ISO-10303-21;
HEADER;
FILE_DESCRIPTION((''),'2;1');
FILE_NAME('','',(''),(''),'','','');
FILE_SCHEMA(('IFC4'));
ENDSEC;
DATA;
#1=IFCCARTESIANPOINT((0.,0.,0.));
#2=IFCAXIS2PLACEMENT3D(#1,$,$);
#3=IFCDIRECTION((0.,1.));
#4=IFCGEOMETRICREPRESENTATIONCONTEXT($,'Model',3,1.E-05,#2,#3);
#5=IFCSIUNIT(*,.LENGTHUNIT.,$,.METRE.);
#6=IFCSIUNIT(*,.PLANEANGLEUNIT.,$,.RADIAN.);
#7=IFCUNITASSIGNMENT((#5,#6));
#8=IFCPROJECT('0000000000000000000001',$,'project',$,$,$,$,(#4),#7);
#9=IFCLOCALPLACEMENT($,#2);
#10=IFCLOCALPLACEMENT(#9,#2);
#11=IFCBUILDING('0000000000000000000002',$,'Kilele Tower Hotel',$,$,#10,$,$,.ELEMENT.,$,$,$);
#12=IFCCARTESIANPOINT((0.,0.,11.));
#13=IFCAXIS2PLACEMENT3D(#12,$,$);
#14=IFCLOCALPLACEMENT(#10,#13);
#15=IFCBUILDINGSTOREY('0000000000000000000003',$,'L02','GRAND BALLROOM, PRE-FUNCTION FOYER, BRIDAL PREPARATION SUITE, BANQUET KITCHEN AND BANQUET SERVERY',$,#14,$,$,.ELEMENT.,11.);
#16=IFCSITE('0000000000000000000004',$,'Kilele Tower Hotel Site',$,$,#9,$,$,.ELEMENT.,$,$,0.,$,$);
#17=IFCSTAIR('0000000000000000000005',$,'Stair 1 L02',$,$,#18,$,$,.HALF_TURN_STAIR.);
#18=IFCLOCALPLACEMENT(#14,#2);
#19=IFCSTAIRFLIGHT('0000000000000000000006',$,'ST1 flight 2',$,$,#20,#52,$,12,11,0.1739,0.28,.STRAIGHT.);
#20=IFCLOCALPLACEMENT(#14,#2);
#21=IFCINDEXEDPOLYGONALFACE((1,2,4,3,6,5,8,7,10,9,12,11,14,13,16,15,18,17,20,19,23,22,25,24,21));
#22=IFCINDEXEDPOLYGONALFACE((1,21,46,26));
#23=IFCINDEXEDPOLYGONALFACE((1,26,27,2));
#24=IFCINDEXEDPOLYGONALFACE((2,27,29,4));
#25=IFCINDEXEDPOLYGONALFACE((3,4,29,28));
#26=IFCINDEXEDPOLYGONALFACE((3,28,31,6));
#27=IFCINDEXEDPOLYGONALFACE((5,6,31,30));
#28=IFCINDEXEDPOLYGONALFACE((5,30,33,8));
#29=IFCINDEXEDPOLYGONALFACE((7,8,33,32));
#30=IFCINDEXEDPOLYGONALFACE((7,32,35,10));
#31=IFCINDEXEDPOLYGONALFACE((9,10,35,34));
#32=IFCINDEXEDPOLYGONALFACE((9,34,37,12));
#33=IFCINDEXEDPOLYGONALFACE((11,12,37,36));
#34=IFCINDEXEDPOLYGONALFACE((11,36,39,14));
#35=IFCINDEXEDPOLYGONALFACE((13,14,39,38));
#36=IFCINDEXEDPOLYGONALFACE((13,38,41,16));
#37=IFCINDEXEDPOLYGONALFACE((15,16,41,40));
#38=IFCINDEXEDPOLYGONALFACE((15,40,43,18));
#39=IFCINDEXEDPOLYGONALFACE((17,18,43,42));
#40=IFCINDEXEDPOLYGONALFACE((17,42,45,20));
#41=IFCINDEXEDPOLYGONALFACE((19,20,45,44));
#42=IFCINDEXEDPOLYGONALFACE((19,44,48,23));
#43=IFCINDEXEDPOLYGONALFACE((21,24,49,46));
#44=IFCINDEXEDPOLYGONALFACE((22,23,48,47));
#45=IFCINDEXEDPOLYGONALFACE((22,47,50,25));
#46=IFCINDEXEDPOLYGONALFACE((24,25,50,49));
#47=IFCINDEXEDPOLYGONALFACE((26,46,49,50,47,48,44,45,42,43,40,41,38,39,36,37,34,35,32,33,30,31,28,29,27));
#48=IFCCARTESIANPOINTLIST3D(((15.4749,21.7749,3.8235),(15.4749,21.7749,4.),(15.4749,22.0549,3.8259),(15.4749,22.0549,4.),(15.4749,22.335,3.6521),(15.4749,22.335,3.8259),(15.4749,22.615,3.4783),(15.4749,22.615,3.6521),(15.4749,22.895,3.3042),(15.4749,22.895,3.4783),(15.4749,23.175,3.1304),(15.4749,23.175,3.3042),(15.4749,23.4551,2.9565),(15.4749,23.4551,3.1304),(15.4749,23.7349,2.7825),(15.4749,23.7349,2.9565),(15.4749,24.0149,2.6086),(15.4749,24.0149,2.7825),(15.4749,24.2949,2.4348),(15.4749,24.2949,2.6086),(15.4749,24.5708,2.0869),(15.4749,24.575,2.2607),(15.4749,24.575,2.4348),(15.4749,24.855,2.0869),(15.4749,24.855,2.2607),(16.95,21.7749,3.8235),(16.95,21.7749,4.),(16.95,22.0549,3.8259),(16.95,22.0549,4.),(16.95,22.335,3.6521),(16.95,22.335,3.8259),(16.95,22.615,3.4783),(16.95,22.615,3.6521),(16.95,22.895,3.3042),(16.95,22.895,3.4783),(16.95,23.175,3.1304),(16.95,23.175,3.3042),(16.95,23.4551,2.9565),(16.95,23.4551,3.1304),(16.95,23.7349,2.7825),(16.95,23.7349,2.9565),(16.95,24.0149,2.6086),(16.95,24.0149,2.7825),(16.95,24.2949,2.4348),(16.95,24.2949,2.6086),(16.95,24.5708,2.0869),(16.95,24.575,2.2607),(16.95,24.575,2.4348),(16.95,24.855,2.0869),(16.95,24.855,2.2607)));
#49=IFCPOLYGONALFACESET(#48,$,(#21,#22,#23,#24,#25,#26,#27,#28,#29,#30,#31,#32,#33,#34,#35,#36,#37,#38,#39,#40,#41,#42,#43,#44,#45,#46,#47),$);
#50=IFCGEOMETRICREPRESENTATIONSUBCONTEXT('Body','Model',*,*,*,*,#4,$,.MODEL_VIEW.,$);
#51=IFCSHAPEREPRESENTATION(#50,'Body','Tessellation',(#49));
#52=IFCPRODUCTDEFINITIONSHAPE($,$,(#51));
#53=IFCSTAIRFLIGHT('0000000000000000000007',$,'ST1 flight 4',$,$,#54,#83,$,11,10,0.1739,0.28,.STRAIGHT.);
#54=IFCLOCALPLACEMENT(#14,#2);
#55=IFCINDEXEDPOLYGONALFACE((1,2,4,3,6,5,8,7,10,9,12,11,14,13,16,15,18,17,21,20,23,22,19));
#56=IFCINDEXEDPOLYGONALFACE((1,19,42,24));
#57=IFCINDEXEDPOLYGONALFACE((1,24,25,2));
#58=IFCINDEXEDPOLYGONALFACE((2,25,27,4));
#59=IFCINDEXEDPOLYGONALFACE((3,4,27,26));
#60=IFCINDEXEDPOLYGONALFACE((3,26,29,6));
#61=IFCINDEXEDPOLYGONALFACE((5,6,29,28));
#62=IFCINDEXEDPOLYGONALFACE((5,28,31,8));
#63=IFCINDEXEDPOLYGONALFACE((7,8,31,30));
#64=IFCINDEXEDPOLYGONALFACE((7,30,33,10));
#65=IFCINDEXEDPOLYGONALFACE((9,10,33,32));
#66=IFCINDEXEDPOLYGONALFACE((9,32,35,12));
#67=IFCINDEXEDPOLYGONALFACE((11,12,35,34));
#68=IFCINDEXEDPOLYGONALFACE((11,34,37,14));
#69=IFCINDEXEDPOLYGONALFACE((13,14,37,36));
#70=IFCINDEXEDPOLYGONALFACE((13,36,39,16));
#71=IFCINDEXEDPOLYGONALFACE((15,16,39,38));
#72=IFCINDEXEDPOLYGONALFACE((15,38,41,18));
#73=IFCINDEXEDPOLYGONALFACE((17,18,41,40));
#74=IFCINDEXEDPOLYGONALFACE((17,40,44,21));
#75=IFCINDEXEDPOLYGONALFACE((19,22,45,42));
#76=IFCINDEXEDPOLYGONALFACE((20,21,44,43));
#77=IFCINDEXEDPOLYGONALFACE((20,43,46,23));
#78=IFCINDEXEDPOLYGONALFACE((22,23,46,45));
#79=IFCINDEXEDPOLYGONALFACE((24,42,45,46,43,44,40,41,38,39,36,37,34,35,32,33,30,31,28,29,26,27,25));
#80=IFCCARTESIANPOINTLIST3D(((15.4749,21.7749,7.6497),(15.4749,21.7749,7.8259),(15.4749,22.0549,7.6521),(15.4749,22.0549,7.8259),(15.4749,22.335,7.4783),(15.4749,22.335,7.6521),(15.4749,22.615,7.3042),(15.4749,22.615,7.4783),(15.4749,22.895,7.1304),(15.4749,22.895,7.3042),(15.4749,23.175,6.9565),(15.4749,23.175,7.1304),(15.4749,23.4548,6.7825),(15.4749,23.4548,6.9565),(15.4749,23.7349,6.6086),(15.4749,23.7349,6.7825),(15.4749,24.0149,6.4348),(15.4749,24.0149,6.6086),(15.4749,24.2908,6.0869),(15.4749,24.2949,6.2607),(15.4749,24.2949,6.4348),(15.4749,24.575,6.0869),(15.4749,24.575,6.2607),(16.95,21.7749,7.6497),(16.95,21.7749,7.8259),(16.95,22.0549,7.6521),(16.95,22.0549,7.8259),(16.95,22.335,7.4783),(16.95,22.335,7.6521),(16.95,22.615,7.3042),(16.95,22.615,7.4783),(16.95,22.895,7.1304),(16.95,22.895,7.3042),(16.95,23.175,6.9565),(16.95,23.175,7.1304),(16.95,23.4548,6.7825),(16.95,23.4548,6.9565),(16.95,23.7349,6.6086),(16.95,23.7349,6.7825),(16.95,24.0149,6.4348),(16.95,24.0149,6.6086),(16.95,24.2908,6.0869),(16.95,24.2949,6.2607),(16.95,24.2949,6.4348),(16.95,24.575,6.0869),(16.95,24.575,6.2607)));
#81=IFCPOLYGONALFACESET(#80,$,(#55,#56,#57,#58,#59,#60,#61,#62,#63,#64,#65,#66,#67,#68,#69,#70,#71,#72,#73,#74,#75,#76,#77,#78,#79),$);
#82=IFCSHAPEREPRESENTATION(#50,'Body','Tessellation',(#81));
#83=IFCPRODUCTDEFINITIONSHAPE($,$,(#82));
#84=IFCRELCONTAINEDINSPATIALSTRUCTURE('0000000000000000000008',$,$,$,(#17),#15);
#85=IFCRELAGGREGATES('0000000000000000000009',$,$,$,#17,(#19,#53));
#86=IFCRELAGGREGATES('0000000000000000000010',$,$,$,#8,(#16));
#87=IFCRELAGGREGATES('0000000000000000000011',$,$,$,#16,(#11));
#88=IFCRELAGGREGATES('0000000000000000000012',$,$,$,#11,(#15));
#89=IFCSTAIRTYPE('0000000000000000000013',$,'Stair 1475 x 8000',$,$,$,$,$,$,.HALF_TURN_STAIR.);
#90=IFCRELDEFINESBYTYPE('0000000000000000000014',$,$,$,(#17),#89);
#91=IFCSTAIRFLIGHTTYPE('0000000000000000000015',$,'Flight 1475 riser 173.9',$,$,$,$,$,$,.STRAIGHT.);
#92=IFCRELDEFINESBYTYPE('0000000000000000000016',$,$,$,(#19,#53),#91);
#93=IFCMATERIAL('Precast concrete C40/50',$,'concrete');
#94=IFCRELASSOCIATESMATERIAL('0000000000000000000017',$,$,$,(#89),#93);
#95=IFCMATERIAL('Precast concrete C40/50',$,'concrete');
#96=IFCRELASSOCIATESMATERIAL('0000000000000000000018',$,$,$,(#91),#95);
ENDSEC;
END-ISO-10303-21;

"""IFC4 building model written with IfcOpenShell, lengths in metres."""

from ifc_helpers import new_model, si_unit, direction, frame, origin, place, context, subcontext, project, spatial, polyline, outline, extrude, material, type_object, element, aggregate, save


model = new_model("IFC4")

# Units and contexts
model_context = context("Model", 3, precision=1e-05, world=origin(), true_north=direction((0.0, 1.0)))
body_context = subcontext(model_context, "Body", "Model", "MODEL_VIEW")
ifc_project = project(units=[si_unit("LENGTHUNIT", "METRE"), si_unit("PLANEANGLEUNIT", "RADIAN")], contexts=[model_context])

# Site, building, storey
site_placement = place(None, origin())
site = spatial("IfcSite", under=ifc_project, at=site_placement, Name="Kilele Tower Hotel Site", CompositionType="ELEMENT", RefElevation=0.0)
building_placement = place(site_placement, origin())
building = spatial("IfcBuilding", under=site, at=building_placement, Name="Kilele Tower Hotel", CompositionType="ELEMENT")
storey_placement = place(building_placement, frame((0.0, 0.0, 11.0)))
storey = spatial("IfcBuildingStorey", under=building, at=storey_placement, Name="L02", Description="GRAND BALLROOM, PRE-FUNCTION FOYER, BRIDAL PREPARATION SUITE, BANQUET KITCHEN AND BANQUET SERVERY", CompositionType="ELEMENT", Elevation=11.0)

# Stair, stair flights
ifc_material_1 = material(Name="Precast concrete C40/50", Category="concrete")
stair_type = type_object("IfcStairType", Name="Stair 1475 x 8000", PredefinedType="HALF_TURN_STAIR", material=ifc_material_1)
stair_placement = place(storey_placement, origin())
stair = element("IfcStair", 1, at=stair_placement, inside=storey, type_object=stair_type, Name="Stair 1 L02", PredefinedType="HALF_TURN_STAIR")
ifc_material_2 = material(Name="Precast concrete C40/50", Category="concrete")
stair_flight_type = type_object("IfcStairFlightType", Name="Flight 1475 riser 173.9", PredefinedType="STRAIGHT", material=ifc_material_2)
stair_flight_1_placement = place(storey_placement, frame((16.2124, 24.855, 2.0869), z_axis=(0.0, 0.0, 1.0), x_axis=(0.0, -1.0, 0.0)))
stair_flight_1 = element("IfcStairFlight", 2, at=stair_flight_1_placement, type_object=stair_flight_type, Name="ST1 flight 2", NumberOfRisers=12, NumberOfTreads=11, PredefinedType="STRAIGHT", RiserHeight=0.1739, TreadLength=0.28, context=body_context, shape_type="SweptSolid", body=[
    extrude(outline(polyline([(0.0, 0.0), (0.0, 0.1738), (0.28, 0.1738), (0.28, 0.3479), (0.5601, 0.3479), (0.5601, 0.5217), (0.8401, 0.5217), (0.8401, 0.6956), (1.1201, 0.6956), (1.1201, 0.8696), (1.3999, 0.8696), (1.3999, 1.0435), (1.6799, 1.0435), (1.6799, 1.2173), (1.96, 1.2173), (1.96, 1.3914), (2.24, 1.3914), (2.24, 1.5652), (2.52, 1.5652), (2.52, 1.739), (2.8, 1.739), (2.8, 1.9131), (3.0801, 1.9131), (3.0801, 2.0869), (3.0801, 1.7366), (0.2842, 0.0), (0.0, 0.0)])), frame((0.0, 0.7375, 0.0), z_axis=(0.0, -1.0, 0.0), x_axis=(1.0, 0.0, 0.0)), (0.0, 0.0, 1.0), 1.4751),
])
stair_flight_2_placement = place(storey_placement, frame((16.2124, 24.575, 6.0869), z_axis=(0.0, 0.0, 1.0), x_axis=(0.0, -1.0, 0.0)))
stair_flight_2 = element("IfcStairFlight", 3, at=stair_flight_2_placement, type_object=stair_flight_type, Name="ST1 flight 4", NumberOfRisers=11, NumberOfTreads=10, PredefinedType="STRAIGHT", RiserHeight=0.1739, TreadLength=0.28, context=body_context, shape_type="SweptSolid", body=[
    extrude(outline(polyline([(0.0, 0.0), (0.0, 0.1738), (0.28, 0.1738), (0.28, 0.3479), (0.5601, 0.3479), (0.5601, 0.5217), (0.8401, 0.5217), (0.8401, 0.6956), (1.1201, 0.6956), (1.1201, 0.8696), (1.3999, 0.8696), (1.3999, 1.0435), (1.6799, 1.0435), (1.6799, 1.2173), (1.96, 1.2173), (1.96, 1.3914), (2.24, 1.3914), (2.24, 1.5652), (2.52, 1.5652), (2.52, 1.739), (2.8, 1.739), (2.8, 1.9131), (2.8, 1.5627), (0.2842, 0.0), (0.0, 0.0)])), frame((0.0, 0.7375, 0.0), z_axis=(0.0, -1.0, 0.0), x_axis=(1.0, 0.0, 0.0)), (0.0, 0.0, 1.0), 1.4751),
])
aggregate(stair, [stair_flight_1, stair_flight_2])

save(model, "model.ifc")
